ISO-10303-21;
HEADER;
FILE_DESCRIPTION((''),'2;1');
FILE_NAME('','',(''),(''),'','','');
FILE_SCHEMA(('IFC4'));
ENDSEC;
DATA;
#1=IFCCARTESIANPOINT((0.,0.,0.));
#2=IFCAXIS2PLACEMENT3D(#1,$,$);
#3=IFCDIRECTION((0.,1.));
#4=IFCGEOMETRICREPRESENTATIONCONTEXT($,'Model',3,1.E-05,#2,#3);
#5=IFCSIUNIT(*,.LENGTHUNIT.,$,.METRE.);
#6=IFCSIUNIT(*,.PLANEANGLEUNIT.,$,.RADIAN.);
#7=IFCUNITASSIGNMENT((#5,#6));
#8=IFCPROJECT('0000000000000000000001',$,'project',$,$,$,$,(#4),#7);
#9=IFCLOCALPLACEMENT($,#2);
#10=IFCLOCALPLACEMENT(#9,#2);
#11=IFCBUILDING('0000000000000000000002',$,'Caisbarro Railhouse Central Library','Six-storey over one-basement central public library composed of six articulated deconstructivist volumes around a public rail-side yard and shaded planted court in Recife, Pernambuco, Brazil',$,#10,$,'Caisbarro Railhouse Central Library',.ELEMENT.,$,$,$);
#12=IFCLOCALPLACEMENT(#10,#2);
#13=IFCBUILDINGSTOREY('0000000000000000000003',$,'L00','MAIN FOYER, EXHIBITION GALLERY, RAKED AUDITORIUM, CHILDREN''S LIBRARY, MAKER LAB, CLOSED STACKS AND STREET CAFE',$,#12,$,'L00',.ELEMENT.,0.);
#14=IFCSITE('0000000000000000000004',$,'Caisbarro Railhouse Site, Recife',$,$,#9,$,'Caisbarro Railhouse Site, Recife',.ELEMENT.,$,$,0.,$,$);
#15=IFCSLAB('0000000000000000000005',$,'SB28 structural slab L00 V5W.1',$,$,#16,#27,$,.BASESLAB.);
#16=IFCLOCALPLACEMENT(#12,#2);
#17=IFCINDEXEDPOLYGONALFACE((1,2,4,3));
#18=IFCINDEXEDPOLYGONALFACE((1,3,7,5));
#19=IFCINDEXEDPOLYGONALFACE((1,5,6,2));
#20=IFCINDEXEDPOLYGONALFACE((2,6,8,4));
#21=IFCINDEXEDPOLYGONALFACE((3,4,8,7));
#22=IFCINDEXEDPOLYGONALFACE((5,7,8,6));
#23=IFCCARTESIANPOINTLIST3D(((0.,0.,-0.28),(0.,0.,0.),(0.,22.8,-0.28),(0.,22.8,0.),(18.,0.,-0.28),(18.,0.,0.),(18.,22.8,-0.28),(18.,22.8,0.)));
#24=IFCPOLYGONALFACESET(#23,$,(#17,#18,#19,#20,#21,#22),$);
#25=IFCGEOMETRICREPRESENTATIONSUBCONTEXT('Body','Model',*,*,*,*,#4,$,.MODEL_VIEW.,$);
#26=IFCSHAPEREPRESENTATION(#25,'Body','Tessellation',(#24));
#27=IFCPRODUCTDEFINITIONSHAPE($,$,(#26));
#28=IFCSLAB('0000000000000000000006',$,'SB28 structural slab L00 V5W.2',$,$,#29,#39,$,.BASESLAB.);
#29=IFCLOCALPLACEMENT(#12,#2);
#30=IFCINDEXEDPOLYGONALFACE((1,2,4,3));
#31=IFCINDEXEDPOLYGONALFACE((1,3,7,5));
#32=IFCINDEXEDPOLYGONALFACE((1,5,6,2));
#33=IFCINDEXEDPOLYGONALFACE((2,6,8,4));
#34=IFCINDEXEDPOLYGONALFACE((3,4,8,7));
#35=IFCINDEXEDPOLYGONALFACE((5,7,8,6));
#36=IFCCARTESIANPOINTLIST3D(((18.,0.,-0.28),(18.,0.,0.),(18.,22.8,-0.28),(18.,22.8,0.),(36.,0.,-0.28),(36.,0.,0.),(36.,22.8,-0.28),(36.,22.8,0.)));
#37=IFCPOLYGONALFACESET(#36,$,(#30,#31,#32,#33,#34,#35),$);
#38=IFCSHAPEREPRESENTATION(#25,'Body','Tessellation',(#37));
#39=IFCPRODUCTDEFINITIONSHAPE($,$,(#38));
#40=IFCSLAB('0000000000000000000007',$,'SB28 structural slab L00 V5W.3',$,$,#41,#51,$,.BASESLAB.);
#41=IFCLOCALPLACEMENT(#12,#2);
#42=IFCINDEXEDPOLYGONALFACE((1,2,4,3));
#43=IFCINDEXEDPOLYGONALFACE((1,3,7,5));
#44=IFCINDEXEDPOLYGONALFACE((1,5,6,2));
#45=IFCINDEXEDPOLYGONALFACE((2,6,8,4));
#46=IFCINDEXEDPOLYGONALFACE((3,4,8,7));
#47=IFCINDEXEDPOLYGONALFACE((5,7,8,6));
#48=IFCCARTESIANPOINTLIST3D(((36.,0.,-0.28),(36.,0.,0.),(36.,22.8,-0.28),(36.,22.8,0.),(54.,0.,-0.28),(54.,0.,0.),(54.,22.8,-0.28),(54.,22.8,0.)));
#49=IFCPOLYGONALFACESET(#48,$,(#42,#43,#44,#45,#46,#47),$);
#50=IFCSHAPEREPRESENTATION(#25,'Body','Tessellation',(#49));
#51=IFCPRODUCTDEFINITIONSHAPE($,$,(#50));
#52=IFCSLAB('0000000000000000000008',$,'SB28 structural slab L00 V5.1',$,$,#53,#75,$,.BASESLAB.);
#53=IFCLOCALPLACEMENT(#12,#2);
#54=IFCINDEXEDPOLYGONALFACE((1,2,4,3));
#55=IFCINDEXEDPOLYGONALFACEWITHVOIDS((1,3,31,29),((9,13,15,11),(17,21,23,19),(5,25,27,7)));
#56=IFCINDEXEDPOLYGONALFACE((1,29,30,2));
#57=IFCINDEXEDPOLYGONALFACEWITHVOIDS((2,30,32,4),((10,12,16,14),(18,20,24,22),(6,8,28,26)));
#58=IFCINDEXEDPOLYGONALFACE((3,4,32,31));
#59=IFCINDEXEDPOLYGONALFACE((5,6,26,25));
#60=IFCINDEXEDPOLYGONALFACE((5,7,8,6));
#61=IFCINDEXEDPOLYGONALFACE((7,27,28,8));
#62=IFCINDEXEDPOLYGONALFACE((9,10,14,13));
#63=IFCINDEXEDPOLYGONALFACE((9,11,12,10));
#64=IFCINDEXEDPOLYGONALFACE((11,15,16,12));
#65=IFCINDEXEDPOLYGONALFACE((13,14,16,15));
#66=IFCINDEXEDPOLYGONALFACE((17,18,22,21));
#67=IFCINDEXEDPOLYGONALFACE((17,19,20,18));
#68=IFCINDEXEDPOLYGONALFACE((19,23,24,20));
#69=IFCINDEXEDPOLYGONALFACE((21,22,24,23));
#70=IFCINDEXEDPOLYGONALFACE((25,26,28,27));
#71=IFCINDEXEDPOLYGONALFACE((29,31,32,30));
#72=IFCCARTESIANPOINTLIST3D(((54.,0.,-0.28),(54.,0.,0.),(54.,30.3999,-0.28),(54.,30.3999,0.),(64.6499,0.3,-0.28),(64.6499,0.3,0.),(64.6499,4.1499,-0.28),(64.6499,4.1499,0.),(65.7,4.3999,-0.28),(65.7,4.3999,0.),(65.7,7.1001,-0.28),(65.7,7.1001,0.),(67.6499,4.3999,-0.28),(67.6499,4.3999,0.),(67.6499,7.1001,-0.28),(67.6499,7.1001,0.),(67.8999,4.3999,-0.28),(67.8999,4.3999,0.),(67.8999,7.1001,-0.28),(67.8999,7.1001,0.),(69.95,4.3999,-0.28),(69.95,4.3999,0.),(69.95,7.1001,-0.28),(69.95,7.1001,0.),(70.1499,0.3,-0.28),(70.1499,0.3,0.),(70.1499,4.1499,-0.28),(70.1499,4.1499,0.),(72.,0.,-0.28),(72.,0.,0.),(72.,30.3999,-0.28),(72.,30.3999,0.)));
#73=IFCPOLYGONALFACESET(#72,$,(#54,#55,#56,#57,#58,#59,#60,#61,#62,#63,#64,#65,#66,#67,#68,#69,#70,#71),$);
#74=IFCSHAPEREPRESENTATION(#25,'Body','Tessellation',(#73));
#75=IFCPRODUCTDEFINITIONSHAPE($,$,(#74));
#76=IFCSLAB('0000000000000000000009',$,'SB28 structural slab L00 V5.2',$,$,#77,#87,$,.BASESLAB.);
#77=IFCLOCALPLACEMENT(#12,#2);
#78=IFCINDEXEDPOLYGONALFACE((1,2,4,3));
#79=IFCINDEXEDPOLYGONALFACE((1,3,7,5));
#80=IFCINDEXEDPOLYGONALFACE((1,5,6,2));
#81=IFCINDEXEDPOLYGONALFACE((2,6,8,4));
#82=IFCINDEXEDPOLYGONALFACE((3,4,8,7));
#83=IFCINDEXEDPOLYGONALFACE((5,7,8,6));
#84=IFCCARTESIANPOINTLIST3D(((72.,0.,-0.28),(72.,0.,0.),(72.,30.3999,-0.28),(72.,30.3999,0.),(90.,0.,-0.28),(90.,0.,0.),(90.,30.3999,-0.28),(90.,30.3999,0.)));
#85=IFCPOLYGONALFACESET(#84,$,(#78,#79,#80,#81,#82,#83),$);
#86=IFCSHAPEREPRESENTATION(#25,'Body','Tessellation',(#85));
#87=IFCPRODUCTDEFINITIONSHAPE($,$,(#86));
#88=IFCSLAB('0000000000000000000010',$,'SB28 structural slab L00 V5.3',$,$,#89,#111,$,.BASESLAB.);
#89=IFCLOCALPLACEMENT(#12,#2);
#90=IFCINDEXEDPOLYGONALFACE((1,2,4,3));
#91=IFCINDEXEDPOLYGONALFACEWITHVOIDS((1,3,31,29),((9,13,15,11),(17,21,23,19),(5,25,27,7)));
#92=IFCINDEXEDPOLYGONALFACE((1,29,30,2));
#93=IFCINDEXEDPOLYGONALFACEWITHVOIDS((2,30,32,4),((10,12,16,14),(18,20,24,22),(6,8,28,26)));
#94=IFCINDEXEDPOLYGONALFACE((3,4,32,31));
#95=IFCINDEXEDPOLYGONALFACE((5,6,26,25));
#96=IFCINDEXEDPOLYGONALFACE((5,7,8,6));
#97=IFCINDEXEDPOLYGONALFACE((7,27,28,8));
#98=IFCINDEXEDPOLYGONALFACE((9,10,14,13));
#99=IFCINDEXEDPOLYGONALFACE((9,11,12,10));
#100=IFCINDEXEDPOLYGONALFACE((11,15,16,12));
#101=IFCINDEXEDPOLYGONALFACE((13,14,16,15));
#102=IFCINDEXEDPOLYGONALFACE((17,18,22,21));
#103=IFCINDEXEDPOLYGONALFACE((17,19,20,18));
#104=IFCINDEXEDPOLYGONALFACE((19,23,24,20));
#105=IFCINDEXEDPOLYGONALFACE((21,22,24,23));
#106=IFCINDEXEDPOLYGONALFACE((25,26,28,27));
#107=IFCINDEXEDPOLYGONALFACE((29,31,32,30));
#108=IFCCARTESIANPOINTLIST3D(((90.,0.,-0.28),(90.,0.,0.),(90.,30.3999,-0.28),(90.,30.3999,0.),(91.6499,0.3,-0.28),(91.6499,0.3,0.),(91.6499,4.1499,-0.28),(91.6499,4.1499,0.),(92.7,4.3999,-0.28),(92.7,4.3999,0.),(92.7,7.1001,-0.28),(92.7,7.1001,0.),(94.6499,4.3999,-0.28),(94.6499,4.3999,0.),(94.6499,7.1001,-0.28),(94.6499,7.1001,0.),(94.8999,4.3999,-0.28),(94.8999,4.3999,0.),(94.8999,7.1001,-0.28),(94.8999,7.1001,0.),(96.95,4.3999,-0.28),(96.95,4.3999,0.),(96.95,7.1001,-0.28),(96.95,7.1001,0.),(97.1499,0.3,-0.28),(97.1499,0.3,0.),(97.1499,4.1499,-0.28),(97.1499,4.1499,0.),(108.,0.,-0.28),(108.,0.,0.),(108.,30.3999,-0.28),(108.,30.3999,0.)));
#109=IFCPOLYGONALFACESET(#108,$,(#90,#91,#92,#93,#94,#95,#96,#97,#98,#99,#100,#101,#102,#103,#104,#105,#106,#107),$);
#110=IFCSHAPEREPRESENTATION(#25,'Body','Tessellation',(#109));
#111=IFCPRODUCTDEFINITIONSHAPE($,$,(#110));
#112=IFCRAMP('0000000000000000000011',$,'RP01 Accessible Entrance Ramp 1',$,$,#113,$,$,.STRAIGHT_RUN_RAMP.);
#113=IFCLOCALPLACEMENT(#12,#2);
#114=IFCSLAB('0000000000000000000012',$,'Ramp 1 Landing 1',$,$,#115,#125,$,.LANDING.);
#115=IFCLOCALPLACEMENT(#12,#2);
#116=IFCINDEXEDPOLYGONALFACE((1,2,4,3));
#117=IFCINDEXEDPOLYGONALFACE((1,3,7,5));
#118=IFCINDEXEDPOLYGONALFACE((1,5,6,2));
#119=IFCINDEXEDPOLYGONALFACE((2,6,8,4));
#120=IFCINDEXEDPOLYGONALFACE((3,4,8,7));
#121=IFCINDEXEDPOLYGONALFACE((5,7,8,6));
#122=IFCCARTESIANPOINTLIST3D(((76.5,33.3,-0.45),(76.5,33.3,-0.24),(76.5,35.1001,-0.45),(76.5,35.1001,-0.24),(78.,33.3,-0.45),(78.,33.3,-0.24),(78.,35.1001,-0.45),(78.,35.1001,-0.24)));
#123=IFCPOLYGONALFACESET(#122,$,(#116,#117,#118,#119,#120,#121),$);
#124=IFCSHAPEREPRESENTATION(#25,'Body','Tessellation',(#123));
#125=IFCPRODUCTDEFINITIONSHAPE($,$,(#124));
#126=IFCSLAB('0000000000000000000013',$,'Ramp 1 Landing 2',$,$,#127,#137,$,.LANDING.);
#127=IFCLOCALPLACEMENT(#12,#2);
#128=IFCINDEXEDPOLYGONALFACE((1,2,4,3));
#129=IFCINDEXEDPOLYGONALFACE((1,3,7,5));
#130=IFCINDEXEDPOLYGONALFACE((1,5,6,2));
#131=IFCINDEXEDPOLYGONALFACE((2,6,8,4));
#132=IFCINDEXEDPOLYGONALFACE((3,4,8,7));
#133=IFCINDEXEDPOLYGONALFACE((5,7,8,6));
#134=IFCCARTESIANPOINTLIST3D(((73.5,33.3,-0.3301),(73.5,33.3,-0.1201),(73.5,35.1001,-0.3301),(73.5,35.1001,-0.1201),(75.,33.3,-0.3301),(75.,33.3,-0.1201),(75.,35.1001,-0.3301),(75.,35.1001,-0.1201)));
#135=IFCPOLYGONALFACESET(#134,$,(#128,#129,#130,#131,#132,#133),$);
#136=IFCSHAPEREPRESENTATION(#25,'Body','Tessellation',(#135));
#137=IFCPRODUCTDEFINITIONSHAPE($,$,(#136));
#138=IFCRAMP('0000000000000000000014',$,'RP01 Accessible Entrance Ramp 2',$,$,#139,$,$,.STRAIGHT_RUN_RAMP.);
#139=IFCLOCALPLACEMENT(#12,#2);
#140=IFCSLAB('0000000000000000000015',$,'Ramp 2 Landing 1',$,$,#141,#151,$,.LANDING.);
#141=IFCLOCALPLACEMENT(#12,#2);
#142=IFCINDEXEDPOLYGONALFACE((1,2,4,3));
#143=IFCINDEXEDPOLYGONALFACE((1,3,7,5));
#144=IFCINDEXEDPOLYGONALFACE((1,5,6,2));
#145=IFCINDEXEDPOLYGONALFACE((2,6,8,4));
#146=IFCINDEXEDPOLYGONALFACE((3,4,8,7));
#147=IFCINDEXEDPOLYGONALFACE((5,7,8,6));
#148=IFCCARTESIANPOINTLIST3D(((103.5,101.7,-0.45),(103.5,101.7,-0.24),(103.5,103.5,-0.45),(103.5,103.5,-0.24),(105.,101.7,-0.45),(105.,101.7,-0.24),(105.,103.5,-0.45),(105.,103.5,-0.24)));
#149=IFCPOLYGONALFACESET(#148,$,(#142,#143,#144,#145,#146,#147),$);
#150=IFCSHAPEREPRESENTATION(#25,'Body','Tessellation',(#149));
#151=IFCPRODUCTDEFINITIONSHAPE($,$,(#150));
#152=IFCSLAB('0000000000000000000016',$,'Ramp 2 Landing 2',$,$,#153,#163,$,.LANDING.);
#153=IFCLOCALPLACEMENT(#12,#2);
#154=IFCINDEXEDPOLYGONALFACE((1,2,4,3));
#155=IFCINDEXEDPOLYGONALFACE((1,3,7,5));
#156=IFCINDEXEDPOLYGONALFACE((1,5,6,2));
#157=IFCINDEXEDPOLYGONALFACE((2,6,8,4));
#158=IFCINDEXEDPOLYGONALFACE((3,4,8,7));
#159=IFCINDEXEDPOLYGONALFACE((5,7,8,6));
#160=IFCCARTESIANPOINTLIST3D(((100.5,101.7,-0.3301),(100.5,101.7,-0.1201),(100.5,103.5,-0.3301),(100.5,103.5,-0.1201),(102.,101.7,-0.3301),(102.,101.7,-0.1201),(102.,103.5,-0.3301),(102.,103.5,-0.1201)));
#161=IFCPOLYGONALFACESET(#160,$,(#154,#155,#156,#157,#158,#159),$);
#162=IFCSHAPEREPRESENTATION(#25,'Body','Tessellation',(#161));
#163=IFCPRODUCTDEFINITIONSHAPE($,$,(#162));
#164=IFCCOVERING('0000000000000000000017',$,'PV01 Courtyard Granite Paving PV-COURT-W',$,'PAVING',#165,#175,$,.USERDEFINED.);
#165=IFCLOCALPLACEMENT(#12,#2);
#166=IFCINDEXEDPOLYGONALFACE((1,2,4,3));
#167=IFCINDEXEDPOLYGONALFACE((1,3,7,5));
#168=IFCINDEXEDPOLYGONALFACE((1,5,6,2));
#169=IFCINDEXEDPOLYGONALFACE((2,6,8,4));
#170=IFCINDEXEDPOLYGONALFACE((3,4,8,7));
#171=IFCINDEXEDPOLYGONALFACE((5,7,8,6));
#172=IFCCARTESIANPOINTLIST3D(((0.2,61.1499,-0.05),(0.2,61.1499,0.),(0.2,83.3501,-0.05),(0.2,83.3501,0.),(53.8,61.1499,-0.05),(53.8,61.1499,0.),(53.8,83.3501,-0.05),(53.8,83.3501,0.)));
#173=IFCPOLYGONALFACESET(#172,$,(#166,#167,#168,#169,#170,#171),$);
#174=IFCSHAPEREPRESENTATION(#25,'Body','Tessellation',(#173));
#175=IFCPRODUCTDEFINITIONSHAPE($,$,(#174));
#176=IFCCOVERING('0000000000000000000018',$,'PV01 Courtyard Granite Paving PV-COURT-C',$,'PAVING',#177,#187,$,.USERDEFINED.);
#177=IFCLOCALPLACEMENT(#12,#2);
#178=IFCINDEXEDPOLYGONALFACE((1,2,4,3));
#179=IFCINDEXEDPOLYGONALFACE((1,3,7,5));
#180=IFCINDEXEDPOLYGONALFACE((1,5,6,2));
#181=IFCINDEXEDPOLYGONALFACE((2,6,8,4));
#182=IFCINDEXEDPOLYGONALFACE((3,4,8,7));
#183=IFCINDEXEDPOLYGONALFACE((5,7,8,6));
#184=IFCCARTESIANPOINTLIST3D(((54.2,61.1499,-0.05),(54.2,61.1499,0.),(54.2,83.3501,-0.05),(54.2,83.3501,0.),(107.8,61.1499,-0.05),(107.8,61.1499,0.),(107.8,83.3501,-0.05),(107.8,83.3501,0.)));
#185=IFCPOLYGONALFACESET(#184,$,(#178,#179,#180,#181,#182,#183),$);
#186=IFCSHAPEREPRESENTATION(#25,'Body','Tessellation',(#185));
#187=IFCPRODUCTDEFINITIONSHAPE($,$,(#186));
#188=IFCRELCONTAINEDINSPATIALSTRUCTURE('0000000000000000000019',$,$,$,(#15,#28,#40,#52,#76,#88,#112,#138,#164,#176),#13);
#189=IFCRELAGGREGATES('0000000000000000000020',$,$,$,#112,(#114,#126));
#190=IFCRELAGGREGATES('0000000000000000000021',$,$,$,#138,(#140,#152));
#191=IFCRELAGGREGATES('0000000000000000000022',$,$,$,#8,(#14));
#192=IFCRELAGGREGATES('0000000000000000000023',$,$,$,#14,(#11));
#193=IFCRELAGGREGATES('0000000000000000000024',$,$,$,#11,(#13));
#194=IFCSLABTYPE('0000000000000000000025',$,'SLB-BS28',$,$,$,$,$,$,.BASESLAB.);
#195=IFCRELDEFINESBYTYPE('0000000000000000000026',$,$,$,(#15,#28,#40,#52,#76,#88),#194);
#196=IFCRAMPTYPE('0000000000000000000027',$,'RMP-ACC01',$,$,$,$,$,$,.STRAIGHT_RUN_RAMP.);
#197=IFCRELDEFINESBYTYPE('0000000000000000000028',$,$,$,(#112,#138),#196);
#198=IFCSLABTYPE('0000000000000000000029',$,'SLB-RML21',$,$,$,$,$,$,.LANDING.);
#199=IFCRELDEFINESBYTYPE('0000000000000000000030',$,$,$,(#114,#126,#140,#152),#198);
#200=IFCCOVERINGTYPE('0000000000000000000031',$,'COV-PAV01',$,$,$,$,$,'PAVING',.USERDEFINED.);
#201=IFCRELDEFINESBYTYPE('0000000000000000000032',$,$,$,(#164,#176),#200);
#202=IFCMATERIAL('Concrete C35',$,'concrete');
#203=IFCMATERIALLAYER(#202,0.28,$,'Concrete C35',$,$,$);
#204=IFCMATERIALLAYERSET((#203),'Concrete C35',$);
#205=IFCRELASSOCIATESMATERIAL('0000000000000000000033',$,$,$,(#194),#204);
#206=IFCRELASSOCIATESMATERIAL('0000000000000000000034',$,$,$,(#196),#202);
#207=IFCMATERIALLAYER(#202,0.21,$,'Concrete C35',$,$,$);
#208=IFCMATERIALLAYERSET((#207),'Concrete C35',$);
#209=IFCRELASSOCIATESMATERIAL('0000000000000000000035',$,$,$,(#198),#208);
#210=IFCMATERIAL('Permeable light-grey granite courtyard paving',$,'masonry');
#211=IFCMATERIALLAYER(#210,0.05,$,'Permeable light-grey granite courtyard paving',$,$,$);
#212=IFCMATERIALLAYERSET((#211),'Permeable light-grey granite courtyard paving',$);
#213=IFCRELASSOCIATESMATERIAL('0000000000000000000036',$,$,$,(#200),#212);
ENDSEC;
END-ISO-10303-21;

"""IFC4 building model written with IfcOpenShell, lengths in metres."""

from ifc_helpers import new_model, si_unit, direction, frame, origin, place, context, subcontext, project, spatial, polyline, outline, extrude, material, layer, layer_set, type_object, element, aggregate, save


model = new_model("IFC4")

# Units and contexts
model_context = context("Model", 3, precision=1e-05, world=origin(), true_north=direction((0.0, 1.0)))
body_context = subcontext(model_context, "Body", "Model", "MODEL_VIEW")
ifc_project = project(units=[si_unit("LENGTHUNIT", "METRE"), si_unit("PLANEANGLEUNIT", "RADIAN")], contexts=[model_context])

# Site, building, storey
site_placement = place(None, origin())
site = spatial("IfcSite", under=ifc_project, at=site_placement, Name="Caisbarro Railhouse Site, Recife", LongName="Caisbarro Railhouse Site, Recife", CompositionType="ELEMENT", RefElevation=0.0)
building_placement = place(site_placement, origin())
building = spatial("IfcBuilding", under=site, at=building_placement, Name="Caisbarro Railhouse Central Library", Description="Six-storey over one-basement central public library composed of six articulated deconstructivist volumes around a public rail-side yard and shaded planted court in Recife, Pernambuco, Brazil", LongName="Caisbarro Railhouse Central Library", CompositionType="ELEMENT")
storey_placement = place(building_placement, origin())
storey = spatial("IfcBuildingStorey", under=building, at=storey_placement, Name="L00", Description="MAIN FOYER, EXHIBITION GALLERY, RAKED AUDITORIUM, CHILDREN'S LIBRARY, MAKER LAB, CLOSED STACKS AND STREET CAFE", LongName="L00", CompositionType="ELEMENT", Elevation=0.0)

# Slabs
ifc_material_1 = material(Name="Concrete C35", Category="concrete")
ifc_layer_1 = layer(ifc_material_1, 0.28, Name="Concrete C35")
ifc_layer_set_1 = layer_set([ifc_layer_1], Name="Concrete C35")
slab_type_1 = type_object("IfcSlabType", Name="SLB-BS28", PredefinedType="BASESLAB", material=ifc_layer_set_1)
slab_1_placement = place(storey_placement, frame((0.0, 0.0, -0.28)))
element("IfcSlab", 1, at=slab_1_placement, inside=storey, type_object=slab_type_1, Name="SB28 structural slab L00 V5W.1", PredefinedType="BASESLAB", context=body_context, shape_type="SweptSolid", body=[
    extrude(outline(polyline([(0.0, 0.0), (18.0, 0.0), (18.0, 22.8), (0.0, 22.8), (0.0, 0.0)])), origin(), (0.0, 0.0, 1.0), 0.28),
])
slab_2_placement = place(storey_placement, frame((0.0, 0.0, -0.28)))
element("IfcSlab", 2, at=slab_2_placement, inside=storey, type_object=slab_type_1, Name="SB28 structural slab L00 V5W.2", PredefinedType="BASESLAB", context=body_context, shape_type="SweptSolid", body=[
    extrude(outline(polyline([(18.0, 0.0), (36.0, 0.0), (36.0, 22.8), (18.0, 22.8), (18.0, 0.0)])), origin(), (0.0, 0.0, 1.0), 0.28),
])
slab_3_placement = place(storey_placement, frame((0.0, 0.0, -0.28)))
element("IfcSlab", 3, at=slab_3_placement, inside=storey, type_object=slab_type_1, Name="SB28 structural slab L00 V5W.3", PredefinedType="BASESLAB", context=body_context, shape_type="SweptSolid", body=[
    extrude(outline(polyline([(36.0, 0.0), (54.0, 0.0), (54.0, 22.8), (36.0, 22.8), (36.0, 0.0)])), origin(), (0.0, 0.0, 1.0), 0.28),
])
slab_4_placement = place(storey_placement, frame((0.0, 0.0, -0.28)))
element("IfcSlab", 4, at=slab_4_placement, inside=storey, type_object=slab_type_1, Name="SB28 structural slab L00 V5.1", PredefinedType="BASESLAB", context=body_context, shape_type="SweptSolid", body=[
    extrude(outline(polyline([(54.0, 0.0), (72.0, 0.0), (72.0, 30.3999), (54.0, 30.3999), (54.0, 0.0)]), holes=[polyline([(64.6499, 0.3), (70.1499, 0.3), (70.1499, 4.1499), (64.6499, 4.1499), (64.6499, 0.3)]), polyline([(65.7, 4.3999), (67.6499, 4.3999), (67.6499, 7.1001), (65.7, 7.1001), (65.7, 4.3999)]), polyline([(67.8999, 4.3999), (69.95, 4.3999), (69.95, 7.1001), (67.8999, 7.1001), (67.8999, 4.3999)])]), origin(), (0.0, 0.0, 1.0), 0.28),
])
slab_5_placement = place(storey_placement, frame((0.0, 0.0, -0.28)))
element("IfcSlab", 5, at=slab_5_placement, inside=storey, type_object=slab_type_1, Name="SB28 structural slab L00 V5.2", PredefinedType="BASESLAB", context=body_context, shape_type="SweptSolid", body=[
    extrude(outline(polyline([(72.0, 0.0), (90.0, 0.0), (90.0, 30.3999), (72.0, 30.3999), (72.0, 0.0)])), origin(), (0.0, 0.0, 1.0), 0.28),
])
slab_6_placement = place(storey_placement, frame((0.0, 0.0, -0.28)))
element("IfcSlab", 6, at=slab_6_placement, inside=storey, type_object=slab_type_1, Name="SB28 structural slab L00 V5.3", PredefinedType="BASESLAB", context=body_context, shape_type="SweptSolid", body=[
    extrude(outline(polyline([(90.0, 0.0), (108.0, 0.0), (108.0, 30.3999), (90.0, 30.3999), (90.0, 0.0)]), holes=[polyline([(91.6499, 0.3), (97.1499, 0.3), (97.1499, 4.1499), (91.6499, 4.1499), (91.6499, 0.3)]), polyline([(92.7, 4.3999), (94.6499, 4.3999), (94.6499, 7.1001), (92.7, 7.1001), (92.7, 4.3999)]), polyline([(94.8999, 4.3999), (96.95, 4.3999), (96.95, 7.1001), (94.8999, 7.1001), (94.8999, 4.3999)])]), origin(), (0.0, 0.0, 1.0), 0.28),
])

# Ramps, slabs
ramp_type = type_object("IfcRampType", Name="RMP-ACC01", PredefinedType="STRAIGHT_RUN_RAMP", material=ifc_material_1)
ramp_1_placement = place(storey_placement, origin())
ramp_1 = element("IfcRamp", 7, at=ramp_1_placement, inside=storey, type_object=ramp_type, Name="RP01 Accessible Entrance Ramp 1", PredefinedType="STRAIGHT_RUN_RAMP")
ifc_layer_2 = layer(ifc_material_1, 0.21, Name="Concrete C35")
ifc_layer_set_2 = layer_set([ifc_layer_2], Name="Concrete C35")
slab_type_2 = type_object("IfcSlabType", Name="SLB-RML21", PredefinedType="LANDING", material=ifc_layer_set_2)
slab_7_placement = place(storey_placement, frame((0.0, 0.0, -0.45)))
slab_7 = element("IfcSlab", 8, at=slab_7_placement, type_object=slab_type_2, Name="Ramp 1 Landing 1", PredefinedType="LANDING", context=body_context, shape_type="SweptSolid", body=[
    extrude(outline(polyline([(76.5, 33.3), (78.0, 33.3), (78.0, 35.1001), (76.5, 35.1001), (76.5, 33.3)])), origin(), (0.0, 0.0, 1.0), 0.21),
])
slab_8_placement = place(storey_placement, frame((0.0, 0.0, -0.3301)))
slab_8 = element("IfcSlab", 9, at=slab_8_placement, type_object=slab_type_2, Name="Ramp 1 Landing 2", PredefinedType="LANDING", context=body_context, shape_type="SweptSolid", body=[
    extrude(outline(polyline([(73.5, 33.3), (75.0, 33.3), (75.0, 35.1001), (73.5, 35.1001), (73.5, 33.3)])), origin(), (0.0, 0.0, 1.0), 0.21),
])
aggregate(ramp_1, [slab_7, slab_8])
ramp_2_placement = place(storey_placement, origin())
ramp_2 = element("IfcRamp", 10, at=ramp_2_placement, inside=storey, type_object=ramp_type, Name="RP01 Accessible Entrance Ramp 2", PredefinedType="STRAIGHT_RUN_RAMP")
slab_9_placement = place(storey_placement, frame((0.0, 0.0, -0.45)))
slab_9 = element("IfcSlab", 11, at=slab_9_placement, type_object=slab_type_2, Name="Ramp 2 Landing 1", PredefinedType="LANDING", context=body_context, shape_type="SweptSolid", body=[
    extrude(outline(polyline([(103.5, 101.7), (105.0, 101.7), (105.0, 103.5), (103.5, 103.5), (103.5, 101.7)])), origin(), (0.0, 0.0, 1.0), 0.21),
])
slab_10_placement = place(storey_placement, frame((0.0, 0.0, -0.3301)))
slab_10 = element("IfcSlab", 12, at=slab_10_placement, type_object=slab_type_2, Name="Ramp 2 Landing 2", PredefinedType="LANDING", context=body_context, shape_type="SweptSolid", body=[
    extrude(outline(polyline([(100.5, 101.7), (102.0, 101.7), (102.0, 103.5), (100.5, 103.5), (100.5, 101.7)])), origin(), (0.0, 0.0, 1.0), 0.21),
])
aggregate(ramp_2, [slab_9, slab_10])

# Coverings
ifc_material_2 = material(Name="Permeable light-grey granite courtyard paving", Category="masonry")
ifc_layer_3 = layer(ifc_material_2, 0.05, Name="Permeable light-grey granite courtyard paving")
ifc_layer_set_3 = layer_set([ifc_layer_3], Name="Permeable light-grey granite courtyard paving")
covering_type = type_object("IfcCoveringType", Name="COV-PAV01", ElementType="PAVING", PredefinedType="USERDEFINED", material=ifc_layer_set_3)
covering_1_placement = place(storey_placement, frame((0.0, 0.0, -0.05)))
element("IfcCovering", 13, at=covering_1_placement, inside=storey, type_object=covering_type, Name="PV01 Courtyard Granite Paving PV-COURT-W", ObjectType="PAVING", PredefinedType="USERDEFINED", context=body_context, shape_type="SweptSolid", body=[
    extrude(outline(polyline([(0.2, 61.1499), (53.8, 61.1499), (53.8, 83.3501), (0.2, 83.3501), (0.2, 61.1499)])), origin(), (0.0, 0.0, 1.0), 0.05),
])
covering_2_placement = place(storey_placement, frame((0.0, 0.0, -0.05)))
element("IfcCovering", 14, at=covering_2_placement, inside=storey, type_object=covering_type, Name="PV01 Courtyard Granite Paving PV-COURT-C", ObjectType="PAVING", PredefinedType="USERDEFINED", context=body_context, shape_type="SweptSolid", body=[
    extrude(outline(polyline([(54.2, 61.1499), (107.8, 61.1499), (107.8, 83.3501), (54.2, 83.3501), (54.2, 61.1499)])), origin(), (0.0, 0.0, 1.0), 0.05),
])

save(model, "model.ifc")
